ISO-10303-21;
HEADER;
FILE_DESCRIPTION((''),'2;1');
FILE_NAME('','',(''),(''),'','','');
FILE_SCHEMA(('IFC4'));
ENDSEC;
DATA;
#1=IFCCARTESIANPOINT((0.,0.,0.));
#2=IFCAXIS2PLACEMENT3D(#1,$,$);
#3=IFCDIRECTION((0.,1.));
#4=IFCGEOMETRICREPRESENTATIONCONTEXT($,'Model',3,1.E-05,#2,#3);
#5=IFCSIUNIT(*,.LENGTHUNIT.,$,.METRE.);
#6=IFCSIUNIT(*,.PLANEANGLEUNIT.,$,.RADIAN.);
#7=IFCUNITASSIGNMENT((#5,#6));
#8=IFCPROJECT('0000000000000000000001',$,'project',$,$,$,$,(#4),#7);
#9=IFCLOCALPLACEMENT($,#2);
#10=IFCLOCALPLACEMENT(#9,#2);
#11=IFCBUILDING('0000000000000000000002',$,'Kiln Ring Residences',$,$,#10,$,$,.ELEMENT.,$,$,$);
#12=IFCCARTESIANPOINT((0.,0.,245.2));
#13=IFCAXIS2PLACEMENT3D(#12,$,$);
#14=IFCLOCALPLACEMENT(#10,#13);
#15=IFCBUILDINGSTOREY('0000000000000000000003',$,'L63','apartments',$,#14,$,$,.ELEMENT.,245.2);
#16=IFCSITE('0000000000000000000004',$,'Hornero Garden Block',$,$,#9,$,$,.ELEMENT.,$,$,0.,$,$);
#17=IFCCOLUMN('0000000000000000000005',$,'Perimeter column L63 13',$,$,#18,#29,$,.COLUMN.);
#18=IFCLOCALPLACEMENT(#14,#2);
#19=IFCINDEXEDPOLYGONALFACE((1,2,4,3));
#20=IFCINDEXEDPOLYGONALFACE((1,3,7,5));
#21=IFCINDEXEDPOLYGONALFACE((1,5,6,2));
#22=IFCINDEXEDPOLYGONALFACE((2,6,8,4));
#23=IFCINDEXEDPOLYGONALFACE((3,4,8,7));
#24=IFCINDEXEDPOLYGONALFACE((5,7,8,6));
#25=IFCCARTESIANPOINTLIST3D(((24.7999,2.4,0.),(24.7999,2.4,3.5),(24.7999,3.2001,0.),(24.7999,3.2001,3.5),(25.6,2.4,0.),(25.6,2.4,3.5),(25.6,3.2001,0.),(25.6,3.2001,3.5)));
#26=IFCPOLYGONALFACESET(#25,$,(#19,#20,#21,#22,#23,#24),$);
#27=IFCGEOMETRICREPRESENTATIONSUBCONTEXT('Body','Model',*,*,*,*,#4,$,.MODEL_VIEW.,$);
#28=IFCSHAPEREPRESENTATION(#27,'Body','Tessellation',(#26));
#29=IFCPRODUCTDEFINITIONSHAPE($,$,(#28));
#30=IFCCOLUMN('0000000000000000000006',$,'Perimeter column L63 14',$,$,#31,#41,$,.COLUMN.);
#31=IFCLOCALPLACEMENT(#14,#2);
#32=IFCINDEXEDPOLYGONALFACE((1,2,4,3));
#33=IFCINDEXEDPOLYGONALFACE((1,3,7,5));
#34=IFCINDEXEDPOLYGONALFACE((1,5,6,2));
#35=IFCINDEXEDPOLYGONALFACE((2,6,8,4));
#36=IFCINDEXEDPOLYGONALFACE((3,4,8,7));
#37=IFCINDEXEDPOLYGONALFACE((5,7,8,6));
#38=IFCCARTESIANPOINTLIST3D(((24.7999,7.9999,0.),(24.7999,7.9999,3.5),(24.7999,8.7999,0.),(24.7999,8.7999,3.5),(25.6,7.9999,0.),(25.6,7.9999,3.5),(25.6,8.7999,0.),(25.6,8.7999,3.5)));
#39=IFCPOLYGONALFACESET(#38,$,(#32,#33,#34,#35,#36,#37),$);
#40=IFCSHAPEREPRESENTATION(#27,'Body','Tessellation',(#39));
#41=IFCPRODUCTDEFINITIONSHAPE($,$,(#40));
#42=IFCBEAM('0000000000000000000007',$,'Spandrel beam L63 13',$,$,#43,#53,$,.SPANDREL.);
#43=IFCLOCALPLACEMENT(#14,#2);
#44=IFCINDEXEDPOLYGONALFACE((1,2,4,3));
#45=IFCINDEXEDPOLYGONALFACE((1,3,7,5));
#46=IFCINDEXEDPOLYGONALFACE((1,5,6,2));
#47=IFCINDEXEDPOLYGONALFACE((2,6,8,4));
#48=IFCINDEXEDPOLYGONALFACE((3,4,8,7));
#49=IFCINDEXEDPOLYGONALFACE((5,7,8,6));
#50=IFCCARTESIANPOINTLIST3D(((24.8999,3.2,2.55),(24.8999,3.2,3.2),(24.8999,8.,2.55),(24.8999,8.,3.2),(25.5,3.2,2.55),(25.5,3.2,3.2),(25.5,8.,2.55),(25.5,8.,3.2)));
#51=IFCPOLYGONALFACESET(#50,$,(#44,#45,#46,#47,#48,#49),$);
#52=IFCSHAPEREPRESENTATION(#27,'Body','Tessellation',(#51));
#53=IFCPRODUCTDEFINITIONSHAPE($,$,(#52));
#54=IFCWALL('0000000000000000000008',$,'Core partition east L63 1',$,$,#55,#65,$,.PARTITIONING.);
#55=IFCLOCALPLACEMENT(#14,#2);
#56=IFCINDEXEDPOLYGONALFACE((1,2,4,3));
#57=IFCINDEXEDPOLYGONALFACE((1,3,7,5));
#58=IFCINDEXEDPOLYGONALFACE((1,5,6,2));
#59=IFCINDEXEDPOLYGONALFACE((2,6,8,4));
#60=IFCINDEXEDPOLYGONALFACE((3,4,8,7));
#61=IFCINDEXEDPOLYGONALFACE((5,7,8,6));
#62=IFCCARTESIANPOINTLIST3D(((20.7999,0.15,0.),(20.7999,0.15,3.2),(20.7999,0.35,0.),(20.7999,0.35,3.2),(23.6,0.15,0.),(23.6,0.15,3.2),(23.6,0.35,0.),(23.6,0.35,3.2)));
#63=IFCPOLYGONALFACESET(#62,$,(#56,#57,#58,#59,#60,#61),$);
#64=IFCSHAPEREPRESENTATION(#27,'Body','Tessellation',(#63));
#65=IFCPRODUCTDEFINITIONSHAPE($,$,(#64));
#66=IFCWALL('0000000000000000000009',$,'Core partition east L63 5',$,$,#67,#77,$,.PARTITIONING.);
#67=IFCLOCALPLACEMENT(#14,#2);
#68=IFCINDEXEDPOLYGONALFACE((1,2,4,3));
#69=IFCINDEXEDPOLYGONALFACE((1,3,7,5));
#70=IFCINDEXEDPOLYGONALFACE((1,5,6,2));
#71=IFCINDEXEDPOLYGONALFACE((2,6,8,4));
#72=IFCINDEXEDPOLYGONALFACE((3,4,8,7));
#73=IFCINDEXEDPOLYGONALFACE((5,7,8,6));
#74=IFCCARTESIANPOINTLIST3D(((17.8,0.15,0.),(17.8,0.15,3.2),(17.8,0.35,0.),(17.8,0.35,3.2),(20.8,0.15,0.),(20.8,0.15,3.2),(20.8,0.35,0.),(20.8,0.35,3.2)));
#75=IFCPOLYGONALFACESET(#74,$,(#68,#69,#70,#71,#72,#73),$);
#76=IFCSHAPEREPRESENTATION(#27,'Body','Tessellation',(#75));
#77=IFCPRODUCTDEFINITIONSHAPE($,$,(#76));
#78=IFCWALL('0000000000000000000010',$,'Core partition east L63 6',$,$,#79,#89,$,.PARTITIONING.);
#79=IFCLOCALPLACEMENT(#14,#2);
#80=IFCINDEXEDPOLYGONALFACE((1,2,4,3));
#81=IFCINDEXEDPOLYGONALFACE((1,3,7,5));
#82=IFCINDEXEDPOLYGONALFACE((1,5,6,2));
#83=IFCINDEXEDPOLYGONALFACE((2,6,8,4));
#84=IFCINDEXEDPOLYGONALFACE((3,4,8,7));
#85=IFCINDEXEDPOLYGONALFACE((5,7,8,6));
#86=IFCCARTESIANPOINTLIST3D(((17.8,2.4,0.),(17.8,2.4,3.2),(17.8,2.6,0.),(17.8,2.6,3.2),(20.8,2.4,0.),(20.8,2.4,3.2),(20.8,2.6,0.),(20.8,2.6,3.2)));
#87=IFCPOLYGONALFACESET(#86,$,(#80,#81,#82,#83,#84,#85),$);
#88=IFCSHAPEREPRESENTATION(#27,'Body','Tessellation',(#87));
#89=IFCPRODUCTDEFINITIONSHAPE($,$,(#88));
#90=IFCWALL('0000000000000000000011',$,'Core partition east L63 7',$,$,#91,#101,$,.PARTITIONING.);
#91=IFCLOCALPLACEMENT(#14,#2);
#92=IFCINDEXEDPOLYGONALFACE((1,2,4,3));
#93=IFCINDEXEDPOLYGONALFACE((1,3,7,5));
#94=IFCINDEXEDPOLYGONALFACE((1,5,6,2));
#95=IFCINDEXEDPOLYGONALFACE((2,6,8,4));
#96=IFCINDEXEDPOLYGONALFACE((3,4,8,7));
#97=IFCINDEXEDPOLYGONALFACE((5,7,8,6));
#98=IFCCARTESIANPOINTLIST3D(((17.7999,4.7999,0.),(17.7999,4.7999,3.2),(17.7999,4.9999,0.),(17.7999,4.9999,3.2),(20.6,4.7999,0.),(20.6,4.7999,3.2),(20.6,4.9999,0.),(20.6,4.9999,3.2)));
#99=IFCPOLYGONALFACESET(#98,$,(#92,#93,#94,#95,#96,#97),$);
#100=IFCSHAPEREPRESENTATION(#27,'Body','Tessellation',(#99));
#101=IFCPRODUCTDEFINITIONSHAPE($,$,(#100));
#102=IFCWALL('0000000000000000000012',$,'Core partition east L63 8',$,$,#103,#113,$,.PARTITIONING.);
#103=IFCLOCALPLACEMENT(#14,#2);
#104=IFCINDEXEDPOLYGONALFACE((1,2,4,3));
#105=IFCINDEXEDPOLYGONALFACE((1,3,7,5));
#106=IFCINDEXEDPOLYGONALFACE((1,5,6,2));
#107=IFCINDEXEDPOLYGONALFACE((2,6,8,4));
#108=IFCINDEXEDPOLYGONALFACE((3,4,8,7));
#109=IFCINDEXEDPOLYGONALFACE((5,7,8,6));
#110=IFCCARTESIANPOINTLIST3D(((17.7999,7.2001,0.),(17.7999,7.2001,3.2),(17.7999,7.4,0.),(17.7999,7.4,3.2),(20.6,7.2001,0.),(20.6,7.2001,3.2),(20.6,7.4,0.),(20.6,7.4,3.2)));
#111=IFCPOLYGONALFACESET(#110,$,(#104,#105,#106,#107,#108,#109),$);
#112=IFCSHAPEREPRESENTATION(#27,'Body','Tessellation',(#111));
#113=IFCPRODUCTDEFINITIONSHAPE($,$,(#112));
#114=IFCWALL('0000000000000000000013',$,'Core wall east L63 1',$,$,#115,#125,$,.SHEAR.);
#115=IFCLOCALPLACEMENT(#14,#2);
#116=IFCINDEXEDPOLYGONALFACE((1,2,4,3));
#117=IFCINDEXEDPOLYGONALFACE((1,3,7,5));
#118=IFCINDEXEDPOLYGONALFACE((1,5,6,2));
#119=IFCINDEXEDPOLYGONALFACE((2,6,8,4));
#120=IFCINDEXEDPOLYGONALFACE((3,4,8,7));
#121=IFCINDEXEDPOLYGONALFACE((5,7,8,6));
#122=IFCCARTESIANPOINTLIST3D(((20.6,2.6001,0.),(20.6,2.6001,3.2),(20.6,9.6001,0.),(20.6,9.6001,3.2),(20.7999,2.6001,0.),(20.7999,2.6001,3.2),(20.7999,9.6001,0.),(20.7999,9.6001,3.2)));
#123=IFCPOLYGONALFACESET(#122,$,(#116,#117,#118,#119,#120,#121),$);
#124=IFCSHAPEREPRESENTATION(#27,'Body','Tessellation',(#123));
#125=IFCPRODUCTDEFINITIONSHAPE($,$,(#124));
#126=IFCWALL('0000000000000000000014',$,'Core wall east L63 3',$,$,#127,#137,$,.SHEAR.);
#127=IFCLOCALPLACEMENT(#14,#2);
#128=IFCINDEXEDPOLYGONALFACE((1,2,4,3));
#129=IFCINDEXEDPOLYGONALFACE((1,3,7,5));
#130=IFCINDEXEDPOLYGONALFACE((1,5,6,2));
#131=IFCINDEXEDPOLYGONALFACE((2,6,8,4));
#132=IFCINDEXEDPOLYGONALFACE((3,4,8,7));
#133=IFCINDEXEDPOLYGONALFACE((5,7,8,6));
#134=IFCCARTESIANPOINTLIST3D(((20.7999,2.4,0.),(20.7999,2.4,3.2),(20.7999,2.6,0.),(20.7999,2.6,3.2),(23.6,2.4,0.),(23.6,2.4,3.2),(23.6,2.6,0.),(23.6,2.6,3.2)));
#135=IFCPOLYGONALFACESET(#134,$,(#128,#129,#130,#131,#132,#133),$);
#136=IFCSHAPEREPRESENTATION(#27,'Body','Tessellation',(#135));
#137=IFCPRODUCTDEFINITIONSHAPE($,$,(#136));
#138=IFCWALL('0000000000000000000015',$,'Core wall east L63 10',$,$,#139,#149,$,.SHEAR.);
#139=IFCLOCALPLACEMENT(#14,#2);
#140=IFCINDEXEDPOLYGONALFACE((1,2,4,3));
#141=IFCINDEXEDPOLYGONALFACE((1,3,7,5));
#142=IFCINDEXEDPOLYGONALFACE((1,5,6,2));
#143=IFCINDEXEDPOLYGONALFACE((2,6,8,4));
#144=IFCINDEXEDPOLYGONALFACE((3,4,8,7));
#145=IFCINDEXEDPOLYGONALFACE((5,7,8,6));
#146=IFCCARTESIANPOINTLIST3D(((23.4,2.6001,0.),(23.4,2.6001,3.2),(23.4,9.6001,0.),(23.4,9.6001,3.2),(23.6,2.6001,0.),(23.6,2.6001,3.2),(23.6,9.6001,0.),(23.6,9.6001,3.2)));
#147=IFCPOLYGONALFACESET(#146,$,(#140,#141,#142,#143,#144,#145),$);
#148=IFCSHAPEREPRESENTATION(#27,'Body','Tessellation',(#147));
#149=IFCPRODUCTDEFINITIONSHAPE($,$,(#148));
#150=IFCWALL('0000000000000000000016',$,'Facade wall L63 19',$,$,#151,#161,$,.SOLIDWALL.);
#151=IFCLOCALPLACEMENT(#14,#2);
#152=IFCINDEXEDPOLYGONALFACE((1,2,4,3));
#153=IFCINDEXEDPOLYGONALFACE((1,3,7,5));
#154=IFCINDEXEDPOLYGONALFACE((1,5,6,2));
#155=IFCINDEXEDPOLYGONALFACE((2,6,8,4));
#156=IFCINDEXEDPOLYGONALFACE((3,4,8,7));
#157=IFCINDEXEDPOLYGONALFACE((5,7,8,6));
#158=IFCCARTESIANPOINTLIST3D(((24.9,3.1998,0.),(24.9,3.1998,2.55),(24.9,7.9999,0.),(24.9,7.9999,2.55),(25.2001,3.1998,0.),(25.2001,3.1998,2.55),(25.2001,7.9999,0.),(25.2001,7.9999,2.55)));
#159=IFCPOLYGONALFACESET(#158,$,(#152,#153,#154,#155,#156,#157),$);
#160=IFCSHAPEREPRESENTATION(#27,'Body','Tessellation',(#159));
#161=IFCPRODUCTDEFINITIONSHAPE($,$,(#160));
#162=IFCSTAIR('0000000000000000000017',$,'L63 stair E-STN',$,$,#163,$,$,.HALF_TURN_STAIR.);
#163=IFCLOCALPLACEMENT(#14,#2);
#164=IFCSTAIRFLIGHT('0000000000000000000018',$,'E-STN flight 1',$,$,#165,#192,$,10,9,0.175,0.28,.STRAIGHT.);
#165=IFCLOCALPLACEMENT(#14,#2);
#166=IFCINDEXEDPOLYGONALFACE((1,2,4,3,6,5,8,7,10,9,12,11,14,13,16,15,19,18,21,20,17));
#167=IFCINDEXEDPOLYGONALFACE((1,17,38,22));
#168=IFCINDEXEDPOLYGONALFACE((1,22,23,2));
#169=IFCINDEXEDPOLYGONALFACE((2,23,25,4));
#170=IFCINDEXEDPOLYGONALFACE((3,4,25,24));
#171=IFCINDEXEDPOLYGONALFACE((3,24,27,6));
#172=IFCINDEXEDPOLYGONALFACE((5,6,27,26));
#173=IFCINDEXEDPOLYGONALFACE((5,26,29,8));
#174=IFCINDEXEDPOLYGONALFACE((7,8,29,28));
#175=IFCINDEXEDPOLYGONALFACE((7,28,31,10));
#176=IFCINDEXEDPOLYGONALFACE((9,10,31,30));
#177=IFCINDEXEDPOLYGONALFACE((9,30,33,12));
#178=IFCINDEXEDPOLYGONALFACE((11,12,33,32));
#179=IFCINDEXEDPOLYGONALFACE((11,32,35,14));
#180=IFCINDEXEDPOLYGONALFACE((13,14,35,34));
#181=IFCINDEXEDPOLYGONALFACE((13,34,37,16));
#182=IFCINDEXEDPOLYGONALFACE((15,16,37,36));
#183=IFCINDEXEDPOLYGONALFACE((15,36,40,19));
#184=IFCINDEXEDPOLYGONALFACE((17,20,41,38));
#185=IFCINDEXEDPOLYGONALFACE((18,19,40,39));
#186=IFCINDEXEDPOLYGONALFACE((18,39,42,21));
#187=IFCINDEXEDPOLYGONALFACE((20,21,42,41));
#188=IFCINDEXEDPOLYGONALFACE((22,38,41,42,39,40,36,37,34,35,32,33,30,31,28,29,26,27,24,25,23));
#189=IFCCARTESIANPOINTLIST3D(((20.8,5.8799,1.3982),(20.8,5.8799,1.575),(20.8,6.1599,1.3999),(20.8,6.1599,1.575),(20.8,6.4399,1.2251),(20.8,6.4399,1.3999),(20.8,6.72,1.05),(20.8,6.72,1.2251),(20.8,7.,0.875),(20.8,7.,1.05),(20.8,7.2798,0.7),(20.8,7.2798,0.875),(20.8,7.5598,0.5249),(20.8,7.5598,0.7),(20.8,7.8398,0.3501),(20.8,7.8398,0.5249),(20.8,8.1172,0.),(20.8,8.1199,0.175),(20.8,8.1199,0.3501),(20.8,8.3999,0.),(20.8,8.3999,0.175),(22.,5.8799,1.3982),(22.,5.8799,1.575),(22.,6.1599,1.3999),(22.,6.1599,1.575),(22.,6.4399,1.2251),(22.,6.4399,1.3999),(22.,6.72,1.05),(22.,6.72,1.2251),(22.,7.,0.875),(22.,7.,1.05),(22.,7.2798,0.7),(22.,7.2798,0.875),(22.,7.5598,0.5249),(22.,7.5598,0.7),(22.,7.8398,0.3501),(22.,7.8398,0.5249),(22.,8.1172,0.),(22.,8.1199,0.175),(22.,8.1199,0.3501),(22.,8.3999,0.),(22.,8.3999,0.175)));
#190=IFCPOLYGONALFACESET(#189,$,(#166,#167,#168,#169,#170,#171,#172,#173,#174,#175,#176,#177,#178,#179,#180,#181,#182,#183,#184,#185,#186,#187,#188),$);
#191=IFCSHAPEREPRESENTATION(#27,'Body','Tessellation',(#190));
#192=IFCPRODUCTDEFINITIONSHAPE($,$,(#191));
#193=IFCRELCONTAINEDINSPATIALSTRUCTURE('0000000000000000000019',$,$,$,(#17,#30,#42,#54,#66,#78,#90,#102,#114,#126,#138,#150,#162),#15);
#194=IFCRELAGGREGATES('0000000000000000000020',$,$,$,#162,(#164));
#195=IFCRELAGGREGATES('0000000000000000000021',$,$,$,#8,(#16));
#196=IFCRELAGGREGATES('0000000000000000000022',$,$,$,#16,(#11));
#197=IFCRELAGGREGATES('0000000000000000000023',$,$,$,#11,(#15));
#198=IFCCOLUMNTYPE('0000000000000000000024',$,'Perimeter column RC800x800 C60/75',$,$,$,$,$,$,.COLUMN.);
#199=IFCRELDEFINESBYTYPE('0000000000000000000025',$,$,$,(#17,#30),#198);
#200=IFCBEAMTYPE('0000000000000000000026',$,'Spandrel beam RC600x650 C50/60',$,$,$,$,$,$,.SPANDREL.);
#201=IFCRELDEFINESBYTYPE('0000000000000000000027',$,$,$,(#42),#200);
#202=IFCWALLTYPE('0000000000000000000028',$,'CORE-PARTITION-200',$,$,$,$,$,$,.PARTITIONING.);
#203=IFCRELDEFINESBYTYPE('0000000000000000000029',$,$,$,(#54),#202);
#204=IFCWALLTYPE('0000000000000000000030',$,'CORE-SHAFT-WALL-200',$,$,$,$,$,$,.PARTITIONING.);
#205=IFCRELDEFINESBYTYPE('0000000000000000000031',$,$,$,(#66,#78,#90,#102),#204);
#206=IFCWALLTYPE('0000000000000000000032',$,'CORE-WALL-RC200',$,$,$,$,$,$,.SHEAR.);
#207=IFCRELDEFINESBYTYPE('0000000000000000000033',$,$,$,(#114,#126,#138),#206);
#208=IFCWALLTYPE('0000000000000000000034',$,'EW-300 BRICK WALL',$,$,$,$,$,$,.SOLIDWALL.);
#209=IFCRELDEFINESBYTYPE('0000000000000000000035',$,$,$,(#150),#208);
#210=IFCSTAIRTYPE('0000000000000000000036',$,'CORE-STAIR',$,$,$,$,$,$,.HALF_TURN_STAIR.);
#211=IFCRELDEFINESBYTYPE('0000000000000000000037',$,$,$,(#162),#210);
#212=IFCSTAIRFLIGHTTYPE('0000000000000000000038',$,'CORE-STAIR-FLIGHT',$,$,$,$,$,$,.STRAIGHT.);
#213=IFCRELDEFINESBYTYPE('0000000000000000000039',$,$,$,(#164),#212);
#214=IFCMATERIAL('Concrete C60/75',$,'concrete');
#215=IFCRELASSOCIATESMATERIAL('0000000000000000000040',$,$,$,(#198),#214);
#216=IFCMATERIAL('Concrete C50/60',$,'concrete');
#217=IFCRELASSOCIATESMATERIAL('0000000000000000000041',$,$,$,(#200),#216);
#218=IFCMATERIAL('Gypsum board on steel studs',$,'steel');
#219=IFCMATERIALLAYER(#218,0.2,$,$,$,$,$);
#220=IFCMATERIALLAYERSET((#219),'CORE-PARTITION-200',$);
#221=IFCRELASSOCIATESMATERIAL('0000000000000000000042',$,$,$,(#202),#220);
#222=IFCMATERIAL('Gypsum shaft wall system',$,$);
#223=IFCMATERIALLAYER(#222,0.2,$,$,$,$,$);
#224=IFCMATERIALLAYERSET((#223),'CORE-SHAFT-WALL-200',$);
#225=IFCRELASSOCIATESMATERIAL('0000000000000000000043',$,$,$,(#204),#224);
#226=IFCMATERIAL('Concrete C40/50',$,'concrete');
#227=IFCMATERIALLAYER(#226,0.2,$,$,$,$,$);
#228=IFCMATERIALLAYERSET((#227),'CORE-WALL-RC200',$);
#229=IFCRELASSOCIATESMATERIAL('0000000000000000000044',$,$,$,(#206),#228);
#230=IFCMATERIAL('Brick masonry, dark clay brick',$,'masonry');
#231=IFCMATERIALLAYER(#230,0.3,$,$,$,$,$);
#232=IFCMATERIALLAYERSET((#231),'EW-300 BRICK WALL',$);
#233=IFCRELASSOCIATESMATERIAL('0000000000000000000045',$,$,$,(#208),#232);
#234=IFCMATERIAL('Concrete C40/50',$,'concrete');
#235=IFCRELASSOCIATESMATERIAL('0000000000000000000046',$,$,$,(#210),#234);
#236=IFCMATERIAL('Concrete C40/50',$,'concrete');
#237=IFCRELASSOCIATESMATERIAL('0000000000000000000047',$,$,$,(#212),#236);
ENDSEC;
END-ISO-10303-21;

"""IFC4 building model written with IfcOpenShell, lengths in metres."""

from ifc_helpers import new_model, si_unit, direction, frame, frame_2d, origin, origin_2d, place, context, subcontext, project, spatial, polyline, rectangle, outline, extrude, material, layer, layer_set, material_profile, profile_set, type_object, element, aggregate, save


model = new_model("IFC4")

# Units and contexts
model_context = context("Model", 3, precision=1e-05, world=origin(), true_north=direction((0.0, 1.0)))
body_context = subcontext(model_context, "Body", "Model", "MODEL_VIEW")
ifc_project = project(units=[si_unit("LENGTHUNIT", "METRE"), si_unit("PLANEANGLEUNIT", "RADIAN")], contexts=[model_context])

# Site, building, storey
site_placement = place(None, origin())
site = spatial("IfcSite", under=ifc_project, at=site_placement, Name="Hornero Garden Block", CompositionType="ELEMENT", RefElevation=0.0)
building_placement = place(site_placement, origin())
building = spatial("IfcBuilding", under=site, at=building_placement, Name="Kiln Ring Residences", CompositionType="ELEMENT")
storey_placement = place(building_placement, frame((0.0, 0.0, 245.2)))
storey = spatial("IfcBuildingStorey", under=building, at=storey_placement, Name="L63", Description="apartments", CompositionType="ELEMENT", Elevation=245.2)

# Columns
ifc_material_1 = material(Name="Concrete C60/75", Category="concrete")
ifc_material_profile_1 = material_profile(ifc_material_1, rectangle(XDim=0.8, YDim=0.8, at=origin_2d()), Name="RC800x800")
ifc_profile_set_1 = profile_set([ifc_material_profile_1], Name="Concrete C60/75")
column_type = type_object("IfcColumnType", Name="Perimeter column RC800x800 C60/75", PredefinedType="COLUMN", material=ifc_profile_set_1)
for number, where, z_axis, x_axis, name in (
    (1, (25.2, 2.8, 0.0), (0.0, 0.0, 1.0), (1.0, 0.0, 0.0), "Perimeter column L63 13"),
    (2, (25.2, 8.3999, 0.0), (0.0, 0.0, 1.0), (1.0, 0.0, 0.0), "Perimeter column L63 14"),
):
    element("IfcColumn", number, at=place(storey_placement, frame(where, z_axis=z_axis, x_axis=x_axis)), inside=storey, type_object=column_type, Name=name, PredefinedType="COLUMN", context=body_context, shape_type="SweptSolid", body=[
        extrude(rectangle(XDim=0.8, YDim=0.8, at=origin_2d()), origin(), (0.0, 0.0, 1.0), 3.5),
    ])

# Beam
ifc_material_2 = material(Name="Concrete C50/60", Category="concrete")
ifc_material_profile_2 = material_profile(ifc_material_2, rectangle(XDim=0.6001, YDim=0.6499, at=origin_2d()), Name="RC600x650")
ifc_profile_set_2 = profile_set([ifc_material_profile_2], Name="Concrete C50/60")
beam_type = type_object("IfcBeamType", Name="Spandrel beam RC600x650 C50/60", PredefinedType="SPANDREL", material=ifc_profile_set_2)
beam_placement = place(storey_placement, frame((25.2, 3.2, 2.875), z_axis=(0.0, 1.0, 0.0), x_axis=(-1.0, 0.0, 0.0)))
element("IfcBeam", 3, at=beam_placement, inside=storey, type_object=beam_type, Name="Spandrel beam L63 13", PredefinedType="SPANDREL", context=body_context, shape_type="SweptSolid", body=[
    extrude(rectangle(XDim=0.6001, YDim=0.6499, at=origin_2d()), origin(), (0.0, 0.0, 1.0), 4.8),
])

# Walls
ifc_material_3 = material(Name="Gypsum board on steel studs", Category="steel")
ifc_layer_1 = layer(ifc_material_3, 0.2)
ifc_layer_set_1 = layer_set([ifc_layer_1], Name="CORE-PARTITION-200")
wall_type_1 = type_object("IfcWallType", Name="CORE-PARTITION-200", PredefinedType="PARTITIONING", material=ifc_layer_set_1)
wall_1_placement = place(storey_placement, frame((20.8, 0.25, 0.0), z_axis=(0.0, 0.0, 1.0), x_axis=(1.0, 0.0, 0.0)))
element("IfcWall", 4, at=wall_1_placement, inside=storey, type_object=wall_type_1, Name="Core partition east L63 1", PredefinedType="PARTITIONING", context=body_context, shape_type="SweptSolid", body=[
    extrude(rectangle(XDim=2.8, YDim=0.2, at=frame_2d((1.3999, 0.0))), origin(), (0.0, 0.0, 1.0), 3.2),
])
ifc_material_4 = material(Name="Gypsum shaft wall system")
ifc_layer_2 = layer(ifc_material_4, 0.2)
ifc_layer_set_2 = layer_set([ifc_layer_2], Name="CORE-SHAFT-WALL-200")
wall_type_2 = type_object("IfcWallType", Name="CORE-SHAFT-WALL-200", PredefinedType="PARTITIONING", material=ifc_layer_set_2)
for number, where, z_axis, x_axis, name in (
    (5, (17.8, 0.25, 0.0), (0.0, 0.0, 1.0), (1.0, 0.0, 0.0), "Core partition east L63 5"),
    (6, (17.8, 2.5, 0.0), (0.0, 0.0, 1.0), (1.0, 0.0, 0.0), "Core partition east L63 6"),
):
    element("IfcWall", number, at=place(storey_placement, frame(where, z_axis=z_axis, x_axis=x_axis)), inside=storey, type_object=wall_type_2, Name=name, PredefinedType="PARTITIONING", context=body_context, shape_type="SweptSolid", body=[
        extrude(rectangle(XDim=3.0, YDim=0.2, at=frame_2d((1.5, 0.0))), origin(), (0.0, 0.0, 1.0), 3.2),
    ])
for number, where, z_axis, x_axis, name in (
    (7, (17.8, 4.8999, 0.0), (0.0, 0.0, 1.0), (1.0, 0.0, 0.0), "Core partition east L63 7"),
    (8, (17.8, 7.3, 0.0), (0.0, 0.0, 1.0), (1.0, 0.0, 0.0), "Core partition east L63 8"),
):
    element("IfcWall", number, at=place(storey_placement, frame(where, z_axis=z_axis, x_axis=x_axis)), inside=storey, type_object=wall_type_2, Name=name, PredefinedType="PARTITIONING", context=body_context, shape_type="SweptSolid", body=[
        extrude(rectangle(XDim=2.8, YDim=0.2, at=frame_2d((1.3999, 0.0))), origin(), (0.0, 0.0, 1.0), 3.2),
    ])
ifc_material_5 = material(Name="Concrete C40/50", Category="concrete")
ifc_layer_3 = layer(ifc_material_5, 0.2)
ifc_layer_set_3 = layer_set([ifc_layer_3], Name="CORE-WALL-RC200")
wall_type_3 = type_object("IfcWallType", Name="CORE-WALL-RC200", PredefinedType="SHEAR", material=ifc_layer_set_3)
wall_2_placement = place(storey_placement, frame((20.7, 2.6001, 0.0), z_axis=(0.0, 0.0, 1.0), x_axis=(0.0, 1.0, 0.0)))
element("IfcWall", 9, at=wall_2_placement, inside=storey, type_object=wall_type_3, Name="Core wall east L63 1", PredefinedType="SHEAR", context=body_context, shape_type="SweptSolid", body=[
    extrude(rectangle(XDim=7.0, YDim=0.2, at=frame_2d((3.5, 0.0))), origin(), (0.0, 0.0, 1.0), 3.2),
])
wall_3_placement = place(storey_placement, frame((20.8, 2.5, 0.0), z_axis=(0.0, 0.0, 1.0), x_axis=(1.0, 0.0, 0.0)))
element("IfcWall", 10, at=wall_3_placement, inside=storey, type_object=wall_type_3, Name="Core wall east L63 3", PredefinedType="SHEAR", context=body_context, shape_type="SweptSolid", body=[
    extrude(rectangle(XDim=2.8, YDim=0.2, at=frame_2d((1.3999, 0.0))), origin(), (0.0, 0.0, 1.0), 3.2),
])
wall_4_placement = place(storey_placement, frame((23.5, 2.6001, 0.0), z_axis=(0.0, 0.0, 1.0), x_axis=(0.0, 1.0, 0.0)))
element("IfcWall", 11, at=wall_4_placement, inside=storey, type_object=wall_type_3, Name="Core wall east L63 10", PredefinedType="SHEAR", context=body_context, shape_type="SweptSolid", body=[
    extrude(rectangle(XDim=7.0, YDim=0.2, at=frame_2d((3.5, 0.0))), origin(), (0.0, 0.0, 1.0), 3.2),
])
ifc_material_6 = material(Name="Brick masonry, dark clay brick", Category="masonry")
ifc_layer_4 = layer(ifc_material_6, 0.3)
ifc_layer_set_4 = layer_set([ifc_layer_4], Name="EW-300 BRICK WALL")
wall_type_4 = type_object("IfcWallType", Name="EW-300 BRICK WALL", PredefinedType="SOLIDWALL", material=ifc_layer_set_4)
wall_5_placement = place(storey_placement, frame((25.05, 3.2, 0.0), z_axis=(0.0, 0.0, 1.0), x_axis=(0.0, 1.0, 0.0)))
element("IfcWall", 12, at=wall_5_placement, inside=storey, type_object=wall_type_4, Name="Facade wall L63 19", PredefinedType="SOLIDWALL", context=body_context, shape_type="SweptSolid", body=[
    extrude(rectangle(XDim=4.8, YDim=0.3, at=frame_2d((2.3999, 0.0))), origin(), (0.0, 0.0, 1.0), 2.55),
])

# Stair, stair flight
ifc_material_7 = material(Name="Concrete C40/50", Category="concrete")
stair_type = type_object("IfcStairType", Name="CORE-STAIR", PredefinedType="HALF_TURN_STAIR", material=ifc_material_7)
stair_placement = place(storey_placement, origin())
stair = element("IfcStair", 13, at=stair_placement, inside=storey, type_object=stair_type, Name="L63 stair E-STN", PredefinedType="HALF_TURN_STAIR")
ifc_material_8 = material(Name="Concrete C40/50", Category="concrete")
stair_flight_type = type_object("IfcStairFlightType", Name="CORE-STAIR-FLIGHT", PredefinedType="STRAIGHT", material=ifc_material_8)
stair_flight_1_placement = place(storey_placement, frame((21.3999, 8.3999, 0.0), z_axis=(0.0, 0.0, 1.0), x_axis=(0.0, -1.0, 0.0)))
stair_flight_1 = element("IfcStairFlight", 14, at=stair_flight_1_placement, type_object=stair_flight_type, Name="E-STN flight 1", NumberOfRisers=10, NumberOfTreads=9, PredefinedType="STRAIGHT", RiserHeight=0.175, TreadLength=0.28, context=body_context, shape_type="SweptSolid", body=[
    extrude(outline(polyline([(0.0, 0.0), (0.0, 0.175), (0.28, 0.175), (0.28, 0.3501), (0.5601, 0.3501), (0.5601, 0.5249), (0.8401, 0.5249), (0.8401, 0.7), (1.1201, 0.7), (1.1201, 0.875), (1.3999, 0.875), (1.3999, 1.05), (1.6799, 1.05), (1.6799, 1.2251), (1.96, 1.2251), (1.96, 1.3999), (2.24, 1.3999), (2.24, 1.575), (2.52, 1.575), (2.52, 1.75), (2.52, 1.3982), (0.2827, 0.0), (0.0, 0.0)])), frame((0.0, 0.6001, 0.0), z_axis=(0.0, -1.0, 0.0), x_axis=(1.0, 0.0, 0.0)), (0.0, 0.0, 1.0), 1.2),
])
aggregate(stair, [stair_flight_1])

save(model, "model.ifc")
